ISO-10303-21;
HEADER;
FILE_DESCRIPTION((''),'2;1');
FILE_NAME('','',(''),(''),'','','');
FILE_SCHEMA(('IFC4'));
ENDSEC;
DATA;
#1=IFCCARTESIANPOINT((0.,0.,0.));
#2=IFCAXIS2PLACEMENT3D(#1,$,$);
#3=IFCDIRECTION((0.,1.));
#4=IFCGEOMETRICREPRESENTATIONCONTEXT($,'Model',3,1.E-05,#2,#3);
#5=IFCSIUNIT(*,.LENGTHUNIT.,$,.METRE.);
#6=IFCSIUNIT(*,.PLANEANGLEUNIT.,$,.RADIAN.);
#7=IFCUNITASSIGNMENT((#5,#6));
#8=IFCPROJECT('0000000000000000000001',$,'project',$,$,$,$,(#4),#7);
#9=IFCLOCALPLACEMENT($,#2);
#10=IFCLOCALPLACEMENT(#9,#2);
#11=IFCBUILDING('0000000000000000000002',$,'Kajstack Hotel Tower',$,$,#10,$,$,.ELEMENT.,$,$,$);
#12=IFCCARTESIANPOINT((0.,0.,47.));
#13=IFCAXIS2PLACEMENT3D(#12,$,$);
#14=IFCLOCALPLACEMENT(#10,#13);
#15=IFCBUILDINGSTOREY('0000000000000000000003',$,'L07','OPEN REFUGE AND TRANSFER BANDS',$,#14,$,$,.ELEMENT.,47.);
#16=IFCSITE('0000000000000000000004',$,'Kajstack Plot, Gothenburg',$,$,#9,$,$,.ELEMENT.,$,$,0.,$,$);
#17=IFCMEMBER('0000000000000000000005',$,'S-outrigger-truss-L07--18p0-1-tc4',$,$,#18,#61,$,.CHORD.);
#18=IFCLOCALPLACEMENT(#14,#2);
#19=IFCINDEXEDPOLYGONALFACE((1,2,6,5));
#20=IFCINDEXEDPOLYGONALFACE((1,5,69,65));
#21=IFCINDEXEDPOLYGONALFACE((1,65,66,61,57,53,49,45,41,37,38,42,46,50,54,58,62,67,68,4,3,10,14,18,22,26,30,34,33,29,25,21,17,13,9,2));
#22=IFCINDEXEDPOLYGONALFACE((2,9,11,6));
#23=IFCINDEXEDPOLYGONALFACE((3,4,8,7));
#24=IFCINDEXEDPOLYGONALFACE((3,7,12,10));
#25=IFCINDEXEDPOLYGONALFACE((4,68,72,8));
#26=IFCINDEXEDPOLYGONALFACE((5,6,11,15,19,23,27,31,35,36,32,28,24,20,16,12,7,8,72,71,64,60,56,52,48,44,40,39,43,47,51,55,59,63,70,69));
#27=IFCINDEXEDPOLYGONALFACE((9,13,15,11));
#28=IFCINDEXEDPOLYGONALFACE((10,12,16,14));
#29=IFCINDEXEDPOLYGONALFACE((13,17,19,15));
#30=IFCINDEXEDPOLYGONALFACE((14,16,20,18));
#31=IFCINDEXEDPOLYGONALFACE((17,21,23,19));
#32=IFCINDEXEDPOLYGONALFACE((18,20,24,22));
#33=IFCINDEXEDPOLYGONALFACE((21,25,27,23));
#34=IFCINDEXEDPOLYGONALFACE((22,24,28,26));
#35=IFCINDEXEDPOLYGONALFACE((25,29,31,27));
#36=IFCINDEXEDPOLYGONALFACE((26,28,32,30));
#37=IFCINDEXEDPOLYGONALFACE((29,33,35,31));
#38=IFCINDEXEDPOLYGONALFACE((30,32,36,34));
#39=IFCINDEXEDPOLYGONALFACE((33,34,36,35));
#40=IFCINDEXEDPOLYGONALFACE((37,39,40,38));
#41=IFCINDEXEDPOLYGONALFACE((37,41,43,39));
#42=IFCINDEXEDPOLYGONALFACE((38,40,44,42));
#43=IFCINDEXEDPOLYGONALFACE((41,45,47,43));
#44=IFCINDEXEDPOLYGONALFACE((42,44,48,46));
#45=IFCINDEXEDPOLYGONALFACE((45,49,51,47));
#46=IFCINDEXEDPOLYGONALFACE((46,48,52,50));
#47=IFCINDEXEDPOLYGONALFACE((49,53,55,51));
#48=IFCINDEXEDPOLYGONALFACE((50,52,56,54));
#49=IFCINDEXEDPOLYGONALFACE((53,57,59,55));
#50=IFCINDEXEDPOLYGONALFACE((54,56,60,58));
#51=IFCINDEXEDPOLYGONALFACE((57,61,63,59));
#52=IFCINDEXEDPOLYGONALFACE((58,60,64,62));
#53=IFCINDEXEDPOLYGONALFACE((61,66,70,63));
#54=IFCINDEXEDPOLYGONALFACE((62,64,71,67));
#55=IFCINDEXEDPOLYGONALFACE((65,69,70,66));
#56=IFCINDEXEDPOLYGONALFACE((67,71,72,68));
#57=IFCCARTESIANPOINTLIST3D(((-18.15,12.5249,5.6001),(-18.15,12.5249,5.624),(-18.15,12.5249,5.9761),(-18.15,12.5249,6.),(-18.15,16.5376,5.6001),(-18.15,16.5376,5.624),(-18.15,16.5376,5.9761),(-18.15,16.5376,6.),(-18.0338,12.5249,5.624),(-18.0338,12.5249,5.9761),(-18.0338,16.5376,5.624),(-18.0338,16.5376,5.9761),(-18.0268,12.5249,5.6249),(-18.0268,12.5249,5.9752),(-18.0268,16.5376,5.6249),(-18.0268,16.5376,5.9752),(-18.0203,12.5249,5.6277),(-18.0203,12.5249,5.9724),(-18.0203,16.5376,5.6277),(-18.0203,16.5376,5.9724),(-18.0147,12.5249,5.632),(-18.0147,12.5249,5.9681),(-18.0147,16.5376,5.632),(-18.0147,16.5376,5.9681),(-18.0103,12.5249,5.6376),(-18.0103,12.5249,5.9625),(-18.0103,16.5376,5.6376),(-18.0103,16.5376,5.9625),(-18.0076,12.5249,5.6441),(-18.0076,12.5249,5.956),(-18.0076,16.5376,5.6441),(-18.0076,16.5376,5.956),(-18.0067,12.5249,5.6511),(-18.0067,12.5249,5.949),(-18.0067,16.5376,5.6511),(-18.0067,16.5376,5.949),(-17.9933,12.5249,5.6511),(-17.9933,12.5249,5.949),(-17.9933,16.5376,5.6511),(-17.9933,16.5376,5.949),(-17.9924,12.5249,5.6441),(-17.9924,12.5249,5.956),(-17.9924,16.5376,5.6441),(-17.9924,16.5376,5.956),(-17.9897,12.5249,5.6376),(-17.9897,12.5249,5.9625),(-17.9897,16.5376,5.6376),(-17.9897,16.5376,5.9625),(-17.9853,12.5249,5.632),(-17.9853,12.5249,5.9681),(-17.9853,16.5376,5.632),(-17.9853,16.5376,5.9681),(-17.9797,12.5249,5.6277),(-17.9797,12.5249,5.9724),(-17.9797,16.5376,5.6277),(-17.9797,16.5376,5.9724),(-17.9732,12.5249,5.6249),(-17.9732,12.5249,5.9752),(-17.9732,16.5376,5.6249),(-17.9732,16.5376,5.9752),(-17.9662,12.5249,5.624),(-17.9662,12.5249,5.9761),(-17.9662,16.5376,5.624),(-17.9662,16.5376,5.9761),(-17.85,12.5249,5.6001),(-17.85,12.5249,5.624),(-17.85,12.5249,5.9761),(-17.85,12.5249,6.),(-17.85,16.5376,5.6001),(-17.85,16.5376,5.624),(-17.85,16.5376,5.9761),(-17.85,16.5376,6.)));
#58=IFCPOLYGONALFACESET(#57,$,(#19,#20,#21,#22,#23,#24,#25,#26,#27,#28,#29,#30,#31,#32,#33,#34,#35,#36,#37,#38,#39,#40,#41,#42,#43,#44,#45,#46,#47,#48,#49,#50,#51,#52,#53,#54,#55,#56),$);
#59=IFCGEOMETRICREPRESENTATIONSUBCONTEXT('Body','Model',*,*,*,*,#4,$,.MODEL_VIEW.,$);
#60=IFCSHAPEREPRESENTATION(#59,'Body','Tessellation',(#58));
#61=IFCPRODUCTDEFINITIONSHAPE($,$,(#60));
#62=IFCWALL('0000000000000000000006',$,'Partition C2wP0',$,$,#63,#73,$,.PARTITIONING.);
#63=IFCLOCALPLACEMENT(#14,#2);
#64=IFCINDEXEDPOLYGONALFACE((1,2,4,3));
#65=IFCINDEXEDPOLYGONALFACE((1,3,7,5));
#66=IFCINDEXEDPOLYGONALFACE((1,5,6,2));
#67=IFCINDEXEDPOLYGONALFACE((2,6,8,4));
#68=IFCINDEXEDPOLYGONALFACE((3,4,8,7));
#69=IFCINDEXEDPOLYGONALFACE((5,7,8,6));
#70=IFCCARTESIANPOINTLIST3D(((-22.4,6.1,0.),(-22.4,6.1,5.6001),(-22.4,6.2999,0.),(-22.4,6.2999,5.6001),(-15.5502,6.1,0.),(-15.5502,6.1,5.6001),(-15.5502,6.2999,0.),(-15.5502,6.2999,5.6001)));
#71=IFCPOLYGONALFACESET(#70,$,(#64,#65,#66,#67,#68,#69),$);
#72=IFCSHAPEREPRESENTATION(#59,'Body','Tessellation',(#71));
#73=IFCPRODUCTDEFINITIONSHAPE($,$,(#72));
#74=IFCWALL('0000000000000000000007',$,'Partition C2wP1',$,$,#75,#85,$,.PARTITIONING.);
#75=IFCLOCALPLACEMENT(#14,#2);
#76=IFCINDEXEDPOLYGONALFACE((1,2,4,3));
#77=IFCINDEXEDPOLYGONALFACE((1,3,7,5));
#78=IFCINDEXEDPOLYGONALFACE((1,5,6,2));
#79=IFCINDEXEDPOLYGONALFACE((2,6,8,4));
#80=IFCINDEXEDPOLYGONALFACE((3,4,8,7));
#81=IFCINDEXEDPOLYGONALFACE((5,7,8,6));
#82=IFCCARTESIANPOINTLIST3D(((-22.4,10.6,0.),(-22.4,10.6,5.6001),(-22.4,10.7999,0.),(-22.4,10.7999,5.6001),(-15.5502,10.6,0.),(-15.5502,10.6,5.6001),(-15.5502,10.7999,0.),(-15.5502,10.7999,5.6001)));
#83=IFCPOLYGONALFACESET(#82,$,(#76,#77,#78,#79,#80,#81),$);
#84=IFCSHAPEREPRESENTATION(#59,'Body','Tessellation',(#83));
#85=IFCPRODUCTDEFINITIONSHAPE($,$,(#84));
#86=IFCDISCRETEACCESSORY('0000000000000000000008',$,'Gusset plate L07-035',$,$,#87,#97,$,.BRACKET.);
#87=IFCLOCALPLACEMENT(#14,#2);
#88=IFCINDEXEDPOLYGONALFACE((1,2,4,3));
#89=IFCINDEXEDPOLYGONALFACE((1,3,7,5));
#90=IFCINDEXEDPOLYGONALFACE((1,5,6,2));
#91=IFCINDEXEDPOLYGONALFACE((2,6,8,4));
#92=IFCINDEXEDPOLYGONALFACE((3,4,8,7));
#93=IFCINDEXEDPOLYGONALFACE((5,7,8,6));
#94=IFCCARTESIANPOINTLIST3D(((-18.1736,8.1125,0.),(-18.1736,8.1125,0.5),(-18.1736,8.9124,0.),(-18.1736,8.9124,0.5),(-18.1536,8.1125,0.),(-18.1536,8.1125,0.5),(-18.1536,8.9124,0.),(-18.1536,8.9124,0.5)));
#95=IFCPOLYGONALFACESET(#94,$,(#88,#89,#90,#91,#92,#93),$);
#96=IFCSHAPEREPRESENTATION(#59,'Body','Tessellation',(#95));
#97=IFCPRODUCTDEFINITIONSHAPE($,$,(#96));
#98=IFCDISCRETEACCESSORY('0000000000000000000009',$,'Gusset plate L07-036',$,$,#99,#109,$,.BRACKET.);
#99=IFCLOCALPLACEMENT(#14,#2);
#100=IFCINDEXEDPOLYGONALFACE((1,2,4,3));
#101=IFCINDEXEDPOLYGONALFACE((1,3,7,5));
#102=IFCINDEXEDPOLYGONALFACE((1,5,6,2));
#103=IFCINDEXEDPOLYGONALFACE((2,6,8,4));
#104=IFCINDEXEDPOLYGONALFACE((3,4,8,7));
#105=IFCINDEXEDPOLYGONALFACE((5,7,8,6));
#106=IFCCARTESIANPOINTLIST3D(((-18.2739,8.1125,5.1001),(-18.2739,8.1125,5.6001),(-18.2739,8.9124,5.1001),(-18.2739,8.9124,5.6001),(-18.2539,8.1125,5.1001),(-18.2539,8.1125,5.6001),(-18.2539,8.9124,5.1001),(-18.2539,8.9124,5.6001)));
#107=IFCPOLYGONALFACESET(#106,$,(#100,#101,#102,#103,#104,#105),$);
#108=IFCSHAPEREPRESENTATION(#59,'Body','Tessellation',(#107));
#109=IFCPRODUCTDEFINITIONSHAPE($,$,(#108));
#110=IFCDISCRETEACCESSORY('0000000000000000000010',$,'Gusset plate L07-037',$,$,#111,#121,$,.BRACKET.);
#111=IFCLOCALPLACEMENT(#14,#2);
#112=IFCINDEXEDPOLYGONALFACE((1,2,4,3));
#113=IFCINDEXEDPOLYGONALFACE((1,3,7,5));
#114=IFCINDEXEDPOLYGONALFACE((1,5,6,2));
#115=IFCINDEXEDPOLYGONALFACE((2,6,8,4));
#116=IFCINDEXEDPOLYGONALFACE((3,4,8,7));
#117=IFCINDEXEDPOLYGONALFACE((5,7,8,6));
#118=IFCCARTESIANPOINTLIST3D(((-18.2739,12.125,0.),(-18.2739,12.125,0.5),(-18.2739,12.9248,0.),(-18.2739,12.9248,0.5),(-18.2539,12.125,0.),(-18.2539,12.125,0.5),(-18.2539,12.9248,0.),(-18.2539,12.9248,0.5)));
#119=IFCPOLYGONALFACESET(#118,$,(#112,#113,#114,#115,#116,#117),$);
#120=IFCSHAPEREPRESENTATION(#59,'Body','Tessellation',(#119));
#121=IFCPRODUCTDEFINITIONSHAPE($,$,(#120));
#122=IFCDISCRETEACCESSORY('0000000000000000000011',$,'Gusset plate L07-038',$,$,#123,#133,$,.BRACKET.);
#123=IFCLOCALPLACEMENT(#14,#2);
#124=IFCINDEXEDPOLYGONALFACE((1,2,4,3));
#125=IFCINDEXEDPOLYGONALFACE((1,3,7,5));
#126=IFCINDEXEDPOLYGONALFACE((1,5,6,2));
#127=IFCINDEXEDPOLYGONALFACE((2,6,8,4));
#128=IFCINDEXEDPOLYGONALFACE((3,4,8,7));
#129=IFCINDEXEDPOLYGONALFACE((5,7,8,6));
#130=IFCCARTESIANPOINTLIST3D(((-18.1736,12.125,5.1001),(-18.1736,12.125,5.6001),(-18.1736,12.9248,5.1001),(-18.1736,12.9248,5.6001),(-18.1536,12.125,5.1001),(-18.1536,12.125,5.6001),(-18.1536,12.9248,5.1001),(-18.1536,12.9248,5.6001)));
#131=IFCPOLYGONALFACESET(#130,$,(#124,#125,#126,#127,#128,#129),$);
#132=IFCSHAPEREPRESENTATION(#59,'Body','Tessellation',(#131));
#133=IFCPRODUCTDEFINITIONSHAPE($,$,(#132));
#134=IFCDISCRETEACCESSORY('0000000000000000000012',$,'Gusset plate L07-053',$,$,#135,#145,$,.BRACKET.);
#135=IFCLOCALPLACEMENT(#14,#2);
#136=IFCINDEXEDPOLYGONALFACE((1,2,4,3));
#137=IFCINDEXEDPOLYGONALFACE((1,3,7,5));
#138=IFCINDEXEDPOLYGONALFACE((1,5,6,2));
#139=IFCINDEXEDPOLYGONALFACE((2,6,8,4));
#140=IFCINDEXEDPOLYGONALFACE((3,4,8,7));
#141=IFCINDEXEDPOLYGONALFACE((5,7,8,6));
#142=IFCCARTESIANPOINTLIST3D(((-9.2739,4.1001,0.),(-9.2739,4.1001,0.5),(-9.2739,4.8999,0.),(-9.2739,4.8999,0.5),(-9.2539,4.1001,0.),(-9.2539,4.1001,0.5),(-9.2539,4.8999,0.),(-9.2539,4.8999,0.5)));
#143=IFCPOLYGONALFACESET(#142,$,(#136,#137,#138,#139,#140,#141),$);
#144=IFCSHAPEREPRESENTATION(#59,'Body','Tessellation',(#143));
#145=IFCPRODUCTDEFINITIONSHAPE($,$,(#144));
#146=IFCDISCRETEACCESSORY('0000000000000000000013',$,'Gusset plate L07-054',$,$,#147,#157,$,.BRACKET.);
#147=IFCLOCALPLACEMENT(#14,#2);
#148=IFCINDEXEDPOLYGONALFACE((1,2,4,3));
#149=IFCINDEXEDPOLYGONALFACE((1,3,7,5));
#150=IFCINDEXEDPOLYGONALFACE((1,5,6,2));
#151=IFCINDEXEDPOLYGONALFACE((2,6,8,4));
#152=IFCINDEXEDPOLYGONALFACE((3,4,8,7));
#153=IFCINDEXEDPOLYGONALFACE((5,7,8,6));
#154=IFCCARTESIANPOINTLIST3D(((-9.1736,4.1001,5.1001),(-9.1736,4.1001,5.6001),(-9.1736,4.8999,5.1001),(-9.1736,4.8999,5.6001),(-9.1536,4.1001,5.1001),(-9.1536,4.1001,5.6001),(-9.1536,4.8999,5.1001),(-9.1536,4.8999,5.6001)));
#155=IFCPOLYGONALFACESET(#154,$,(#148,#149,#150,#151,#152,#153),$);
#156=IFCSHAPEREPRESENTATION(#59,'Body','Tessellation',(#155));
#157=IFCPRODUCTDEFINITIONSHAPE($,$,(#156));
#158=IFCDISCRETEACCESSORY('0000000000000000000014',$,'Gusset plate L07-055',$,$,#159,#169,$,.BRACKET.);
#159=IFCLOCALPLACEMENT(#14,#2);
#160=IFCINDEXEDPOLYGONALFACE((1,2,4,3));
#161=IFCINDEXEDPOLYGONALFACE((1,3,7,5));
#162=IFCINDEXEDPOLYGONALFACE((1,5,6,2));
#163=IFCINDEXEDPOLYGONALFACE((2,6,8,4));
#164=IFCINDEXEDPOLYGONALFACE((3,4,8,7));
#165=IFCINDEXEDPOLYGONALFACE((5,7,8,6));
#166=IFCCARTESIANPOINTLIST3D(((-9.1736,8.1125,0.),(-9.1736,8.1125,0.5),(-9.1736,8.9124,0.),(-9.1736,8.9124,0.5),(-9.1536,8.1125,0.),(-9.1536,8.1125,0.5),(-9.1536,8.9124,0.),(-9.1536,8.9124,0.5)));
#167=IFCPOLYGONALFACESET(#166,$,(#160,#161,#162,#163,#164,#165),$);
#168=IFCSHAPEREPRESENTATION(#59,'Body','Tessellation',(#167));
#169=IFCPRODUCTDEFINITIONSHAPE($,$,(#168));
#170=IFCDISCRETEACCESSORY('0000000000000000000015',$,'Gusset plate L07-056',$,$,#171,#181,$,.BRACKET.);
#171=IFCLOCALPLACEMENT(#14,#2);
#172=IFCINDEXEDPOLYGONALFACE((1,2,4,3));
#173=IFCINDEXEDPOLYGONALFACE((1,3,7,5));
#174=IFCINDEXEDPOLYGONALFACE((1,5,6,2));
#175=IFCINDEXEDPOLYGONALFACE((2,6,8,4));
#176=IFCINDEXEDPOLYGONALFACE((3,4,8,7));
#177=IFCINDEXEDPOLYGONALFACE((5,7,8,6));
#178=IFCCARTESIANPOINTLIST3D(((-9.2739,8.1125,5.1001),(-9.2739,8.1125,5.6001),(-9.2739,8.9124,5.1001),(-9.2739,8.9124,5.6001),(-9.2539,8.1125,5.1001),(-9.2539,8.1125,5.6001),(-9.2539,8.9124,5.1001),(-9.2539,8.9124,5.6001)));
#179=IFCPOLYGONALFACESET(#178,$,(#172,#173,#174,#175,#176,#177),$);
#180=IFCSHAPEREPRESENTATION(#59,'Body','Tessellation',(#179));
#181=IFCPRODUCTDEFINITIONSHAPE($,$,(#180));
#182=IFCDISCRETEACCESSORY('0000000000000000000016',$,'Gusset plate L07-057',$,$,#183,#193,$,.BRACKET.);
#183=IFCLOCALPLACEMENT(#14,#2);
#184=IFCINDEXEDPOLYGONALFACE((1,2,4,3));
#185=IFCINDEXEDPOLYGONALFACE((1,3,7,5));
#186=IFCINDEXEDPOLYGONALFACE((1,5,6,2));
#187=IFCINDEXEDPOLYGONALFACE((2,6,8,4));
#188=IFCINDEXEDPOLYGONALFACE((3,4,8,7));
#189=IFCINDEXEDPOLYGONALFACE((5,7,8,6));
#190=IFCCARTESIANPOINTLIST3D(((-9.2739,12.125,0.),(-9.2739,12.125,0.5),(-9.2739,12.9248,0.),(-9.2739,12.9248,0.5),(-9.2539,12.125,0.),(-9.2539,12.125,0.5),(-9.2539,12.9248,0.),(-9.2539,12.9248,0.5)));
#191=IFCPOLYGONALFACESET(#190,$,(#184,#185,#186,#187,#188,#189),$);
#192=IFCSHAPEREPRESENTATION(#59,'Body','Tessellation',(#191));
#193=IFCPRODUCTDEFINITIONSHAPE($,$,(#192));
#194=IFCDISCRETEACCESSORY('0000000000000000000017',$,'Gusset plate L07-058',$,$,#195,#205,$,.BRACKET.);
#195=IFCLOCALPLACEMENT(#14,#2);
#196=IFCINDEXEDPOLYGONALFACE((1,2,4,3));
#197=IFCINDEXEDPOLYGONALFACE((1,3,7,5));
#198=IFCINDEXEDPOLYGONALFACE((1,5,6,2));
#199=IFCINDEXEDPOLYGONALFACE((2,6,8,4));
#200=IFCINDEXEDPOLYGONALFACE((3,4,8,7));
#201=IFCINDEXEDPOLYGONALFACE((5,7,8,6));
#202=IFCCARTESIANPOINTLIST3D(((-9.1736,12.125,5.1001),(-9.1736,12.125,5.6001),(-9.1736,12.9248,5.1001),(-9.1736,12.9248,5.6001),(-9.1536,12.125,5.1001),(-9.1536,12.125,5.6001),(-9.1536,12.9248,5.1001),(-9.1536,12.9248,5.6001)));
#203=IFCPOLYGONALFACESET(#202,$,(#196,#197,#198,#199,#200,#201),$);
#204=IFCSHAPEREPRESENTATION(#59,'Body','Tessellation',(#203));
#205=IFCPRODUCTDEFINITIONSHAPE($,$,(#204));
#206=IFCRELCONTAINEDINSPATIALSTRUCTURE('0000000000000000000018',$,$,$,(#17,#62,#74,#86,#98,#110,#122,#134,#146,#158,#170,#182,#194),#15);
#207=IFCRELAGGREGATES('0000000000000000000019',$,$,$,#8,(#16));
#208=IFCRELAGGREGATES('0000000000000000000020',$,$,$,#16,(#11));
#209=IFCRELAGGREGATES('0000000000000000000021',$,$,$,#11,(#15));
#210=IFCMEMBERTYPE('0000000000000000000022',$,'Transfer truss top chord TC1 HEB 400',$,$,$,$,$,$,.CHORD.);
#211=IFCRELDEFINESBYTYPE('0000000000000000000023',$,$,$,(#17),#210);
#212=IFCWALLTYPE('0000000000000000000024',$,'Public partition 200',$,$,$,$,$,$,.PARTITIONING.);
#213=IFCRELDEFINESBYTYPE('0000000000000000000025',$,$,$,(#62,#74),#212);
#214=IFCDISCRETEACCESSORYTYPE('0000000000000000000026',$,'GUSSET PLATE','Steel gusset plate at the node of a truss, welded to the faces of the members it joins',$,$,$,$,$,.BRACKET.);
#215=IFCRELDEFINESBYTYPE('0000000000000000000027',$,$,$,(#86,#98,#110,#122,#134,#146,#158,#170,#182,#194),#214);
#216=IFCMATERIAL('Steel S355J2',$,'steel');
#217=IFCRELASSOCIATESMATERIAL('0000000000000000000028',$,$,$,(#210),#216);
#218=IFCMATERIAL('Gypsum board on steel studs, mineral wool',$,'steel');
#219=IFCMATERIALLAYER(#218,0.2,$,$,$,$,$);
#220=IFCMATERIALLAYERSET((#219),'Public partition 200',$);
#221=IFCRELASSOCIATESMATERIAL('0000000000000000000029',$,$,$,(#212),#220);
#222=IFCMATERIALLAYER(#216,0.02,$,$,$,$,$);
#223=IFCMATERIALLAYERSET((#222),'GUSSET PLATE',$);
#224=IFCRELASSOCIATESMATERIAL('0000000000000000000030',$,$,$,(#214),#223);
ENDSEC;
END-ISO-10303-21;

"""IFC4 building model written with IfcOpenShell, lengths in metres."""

from ifc_helpers import new_model, si_unit, direction, frame, frame_2d, origin, origin_2d, place, context, subcontext, project, spatial, polyline, rectangle, i_section, outline, extrude, material, layer, layer_set, material_profile, profile_set, type_object, element, save


model = new_model("IFC4")

# Units and contexts
model_context = context("Model", 3, precision=1e-05, world=origin(), true_north=direction((0.0, 1.0)))
body_context = subcontext(model_context, "Body", "Model", "MODEL_VIEW")
ifc_project = project(units=[si_unit("LENGTHUNIT", "METRE"), si_unit("PLANEANGLEUNIT", "RADIAN")], contexts=[model_context])

# Site, building, storey
site_placement = place(None, origin())
site = spatial("IfcSite", under=ifc_project, at=site_placement, Name="Kajstack Plot, Gothenburg", CompositionType="ELEMENT", RefElevation=0.0)
building_placement = place(site_placement, origin())
building = spatial("IfcBuilding", under=site, at=building_placement, Name="Kajstack Hotel Tower", CompositionType="ELEMENT")
storey_placement = place(building_placement, frame((0.0, 0.0, 47.0)))
storey = spatial("IfcBuildingStorey", under=building, at=storey_placement, Name="L07", Description="OPEN REFUGE AND TRANSFER BANDS", CompositionType="ELEMENT", Elevation=47.0)

# Member
ifc_material_1 = material(Name="Steel S355J2", Category="steel")
ifc_material_profile_1 = material_profile(ifc_material_1, i_section(OverallWidth=0.3, OverallDepth=0.3999, WebThickness=0.0134, FlangeThickness=0.0239, FilletRadius=0.0271, at=origin_2d()), Name="HEB 400")
ifc_profile_set_1 = profile_set([ifc_material_profile_1], Name="Steel S355J2")
member_type_1 = type_object("IfcMemberType", Name="Transfer truss top chord TC1 HEB 400", PredefinedType="CHORD", material=ifc_profile_set_1)
member_1_placement = place(storey_placement, frame((-18.0, 12.5249, 5.8), z_axis=(0.0, 1.0, 0.0), x_axis=(-1.0, 0.0, 0.0)))
element("IfcMember", 1, at=member_1_placement, inside=storey, type_object=member_type_1, Name="S-outrigger-truss-L07--18p0-1-tc4", PredefinedType="CHORD", context=body_context, shape_type="SweptSolid", body=[
    extrude(i_section(OverallWidth=0.3, OverallDepth=0.3999, WebThickness=0.0134, FlangeThickness=0.0239, FilletRadius=0.0271, at=origin_2d()), origin(), (0.0, 0.0, 1.0), 4.0127),
])

# Walls
ifc_material_2 = material(Name="Gypsum board on steel studs, mineral wool", Category="steel")
ifc_layer_1 = layer(ifc_material_2, 0.2)
ifc_layer_set_1 = layer_set([ifc_layer_1], Name="Public partition 200")
wall_type = type_object("IfcWallType", Name="Public partition 200", PredefinedType="PARTITIONING", material=ifc_layer_set_1)
for number, where, z_axis, x_axis, name in (
    (2, (-22.3999, 6.2, 0.0), (0.0, 0.0, 1.0), (1.0, 0.0, 0.0), "Partition C2wP0"),
    (3, (-22.3999, 10.7, 0.0), (0.0, 0.0, 1.0), (1.0, 0.0, 0.0), "Partition C2wP1"),
):
    element("IfcWall", number, at=place(storey_placement, frame(where, z_axis=z_axis, x_axis=x_axis)), inside=storey, type_object=wall_type, Name=name, PredefinedType="PARTITIONING", context=body_context, shape_type="SweptSolid", body=[
        extrude(rectangle(XDim=6.8499, YDim=0.2, at=frame_2d((3.4248, 0.0))), origin(), (0.0, 0.0, 1.0), 5.6001),
    ])

# Discrete accessories
ifc_layer_2 = layer(ifc_material_1, 0.02)
ifc_layer_set_2 = layer_set([ifc_layer_2], Name="GUSSET PLATE")
discrete_accessory_type = type_object("IfcDiscreteAccessoryType", Name="GUSSET PLATE", Description="Steel gusset plate at the node of a truss, welded to the faces of the members it joins", PredefinedType="BRACKET", material=ifc_layer_set_2)
for number, where, z_axis, x_axis, name in (
    (4, (-18.1736, 8.5125, 0.0), (1.0, 0.0, 0.0), (0.0, 1.0, 0.0), "Gusset plate L07-035"),
    (5, (-18.2739, 8.5125, 5.1001), (1.0, 0.0, 0.0), (0.0, 1.0, 0.0), "Gusset plate L07-036"),
    (6, (-18.2739, 12.5249, 0.0), (1.0, 0.0, 0.0), (0.0, 1.0, 0.0), "Gusset plate L07-037"),
    (7, (-18.1736, 12.5249, 5.1001), (1.0, 0.0, 0.0), (0.0, 1.0, 0.0), "Gusset plate L07-038"),
    (8, (-9.2739, 4.5, 0.0), (1.0, 0.0, 0.0), (0.0, 1.0, 0.0), "Gusset plate L07-053"),
    (9, (-9.1736, 4.5, 5.1001), (1.0, 0.0, 0.0), (0.0, 1.0, 0.0), "Gusset plate L07-054"),
    (10, (-9.1736, 8.5125, 0.0), (1.0, 0.0, 0.0), (0.0, 1.0, 0.0), "Gusset plate L07-055"),
    (11, (-9.2739, 8.5125, 5.1001), (1.0, 0.0, 0.0), (0.0, 1.0, 0.0), "Gusset plate L07-056"),
    (12, (-9.2739, 12.5249, 0.0), (1.0, 0.0, 0.0), (0.0, 1.0, 0.0), "Gusset plate L07-057"),
    (13, (-9.1736, 12.5249, 5.1001), (1.0, 0.0, 0.0), (0.0, 1.0, 0.0), "Gusset plate L07-058"),
):
    element("IfcDiscreteAccessory", number, at=place(storey_placement, frame(where, z_axis=z_axis, x_axis=x_axis)), inside=storey, type_object=discrete_accessory_type, Name=name, PredefinedType="BRACKET", context=body_context, shape_type="SweptSolid", body=[
        extrude(outline(polyline([(-0.3999, 0.0), (0.3999, 0.0), (0.3999, 0.5), (-0.3999, 0.5), (-0.3999, 0.0)])), origin(), (0.0, 0.0, 1.0), 0.02),
    ])

save(model, "model.ifc")
